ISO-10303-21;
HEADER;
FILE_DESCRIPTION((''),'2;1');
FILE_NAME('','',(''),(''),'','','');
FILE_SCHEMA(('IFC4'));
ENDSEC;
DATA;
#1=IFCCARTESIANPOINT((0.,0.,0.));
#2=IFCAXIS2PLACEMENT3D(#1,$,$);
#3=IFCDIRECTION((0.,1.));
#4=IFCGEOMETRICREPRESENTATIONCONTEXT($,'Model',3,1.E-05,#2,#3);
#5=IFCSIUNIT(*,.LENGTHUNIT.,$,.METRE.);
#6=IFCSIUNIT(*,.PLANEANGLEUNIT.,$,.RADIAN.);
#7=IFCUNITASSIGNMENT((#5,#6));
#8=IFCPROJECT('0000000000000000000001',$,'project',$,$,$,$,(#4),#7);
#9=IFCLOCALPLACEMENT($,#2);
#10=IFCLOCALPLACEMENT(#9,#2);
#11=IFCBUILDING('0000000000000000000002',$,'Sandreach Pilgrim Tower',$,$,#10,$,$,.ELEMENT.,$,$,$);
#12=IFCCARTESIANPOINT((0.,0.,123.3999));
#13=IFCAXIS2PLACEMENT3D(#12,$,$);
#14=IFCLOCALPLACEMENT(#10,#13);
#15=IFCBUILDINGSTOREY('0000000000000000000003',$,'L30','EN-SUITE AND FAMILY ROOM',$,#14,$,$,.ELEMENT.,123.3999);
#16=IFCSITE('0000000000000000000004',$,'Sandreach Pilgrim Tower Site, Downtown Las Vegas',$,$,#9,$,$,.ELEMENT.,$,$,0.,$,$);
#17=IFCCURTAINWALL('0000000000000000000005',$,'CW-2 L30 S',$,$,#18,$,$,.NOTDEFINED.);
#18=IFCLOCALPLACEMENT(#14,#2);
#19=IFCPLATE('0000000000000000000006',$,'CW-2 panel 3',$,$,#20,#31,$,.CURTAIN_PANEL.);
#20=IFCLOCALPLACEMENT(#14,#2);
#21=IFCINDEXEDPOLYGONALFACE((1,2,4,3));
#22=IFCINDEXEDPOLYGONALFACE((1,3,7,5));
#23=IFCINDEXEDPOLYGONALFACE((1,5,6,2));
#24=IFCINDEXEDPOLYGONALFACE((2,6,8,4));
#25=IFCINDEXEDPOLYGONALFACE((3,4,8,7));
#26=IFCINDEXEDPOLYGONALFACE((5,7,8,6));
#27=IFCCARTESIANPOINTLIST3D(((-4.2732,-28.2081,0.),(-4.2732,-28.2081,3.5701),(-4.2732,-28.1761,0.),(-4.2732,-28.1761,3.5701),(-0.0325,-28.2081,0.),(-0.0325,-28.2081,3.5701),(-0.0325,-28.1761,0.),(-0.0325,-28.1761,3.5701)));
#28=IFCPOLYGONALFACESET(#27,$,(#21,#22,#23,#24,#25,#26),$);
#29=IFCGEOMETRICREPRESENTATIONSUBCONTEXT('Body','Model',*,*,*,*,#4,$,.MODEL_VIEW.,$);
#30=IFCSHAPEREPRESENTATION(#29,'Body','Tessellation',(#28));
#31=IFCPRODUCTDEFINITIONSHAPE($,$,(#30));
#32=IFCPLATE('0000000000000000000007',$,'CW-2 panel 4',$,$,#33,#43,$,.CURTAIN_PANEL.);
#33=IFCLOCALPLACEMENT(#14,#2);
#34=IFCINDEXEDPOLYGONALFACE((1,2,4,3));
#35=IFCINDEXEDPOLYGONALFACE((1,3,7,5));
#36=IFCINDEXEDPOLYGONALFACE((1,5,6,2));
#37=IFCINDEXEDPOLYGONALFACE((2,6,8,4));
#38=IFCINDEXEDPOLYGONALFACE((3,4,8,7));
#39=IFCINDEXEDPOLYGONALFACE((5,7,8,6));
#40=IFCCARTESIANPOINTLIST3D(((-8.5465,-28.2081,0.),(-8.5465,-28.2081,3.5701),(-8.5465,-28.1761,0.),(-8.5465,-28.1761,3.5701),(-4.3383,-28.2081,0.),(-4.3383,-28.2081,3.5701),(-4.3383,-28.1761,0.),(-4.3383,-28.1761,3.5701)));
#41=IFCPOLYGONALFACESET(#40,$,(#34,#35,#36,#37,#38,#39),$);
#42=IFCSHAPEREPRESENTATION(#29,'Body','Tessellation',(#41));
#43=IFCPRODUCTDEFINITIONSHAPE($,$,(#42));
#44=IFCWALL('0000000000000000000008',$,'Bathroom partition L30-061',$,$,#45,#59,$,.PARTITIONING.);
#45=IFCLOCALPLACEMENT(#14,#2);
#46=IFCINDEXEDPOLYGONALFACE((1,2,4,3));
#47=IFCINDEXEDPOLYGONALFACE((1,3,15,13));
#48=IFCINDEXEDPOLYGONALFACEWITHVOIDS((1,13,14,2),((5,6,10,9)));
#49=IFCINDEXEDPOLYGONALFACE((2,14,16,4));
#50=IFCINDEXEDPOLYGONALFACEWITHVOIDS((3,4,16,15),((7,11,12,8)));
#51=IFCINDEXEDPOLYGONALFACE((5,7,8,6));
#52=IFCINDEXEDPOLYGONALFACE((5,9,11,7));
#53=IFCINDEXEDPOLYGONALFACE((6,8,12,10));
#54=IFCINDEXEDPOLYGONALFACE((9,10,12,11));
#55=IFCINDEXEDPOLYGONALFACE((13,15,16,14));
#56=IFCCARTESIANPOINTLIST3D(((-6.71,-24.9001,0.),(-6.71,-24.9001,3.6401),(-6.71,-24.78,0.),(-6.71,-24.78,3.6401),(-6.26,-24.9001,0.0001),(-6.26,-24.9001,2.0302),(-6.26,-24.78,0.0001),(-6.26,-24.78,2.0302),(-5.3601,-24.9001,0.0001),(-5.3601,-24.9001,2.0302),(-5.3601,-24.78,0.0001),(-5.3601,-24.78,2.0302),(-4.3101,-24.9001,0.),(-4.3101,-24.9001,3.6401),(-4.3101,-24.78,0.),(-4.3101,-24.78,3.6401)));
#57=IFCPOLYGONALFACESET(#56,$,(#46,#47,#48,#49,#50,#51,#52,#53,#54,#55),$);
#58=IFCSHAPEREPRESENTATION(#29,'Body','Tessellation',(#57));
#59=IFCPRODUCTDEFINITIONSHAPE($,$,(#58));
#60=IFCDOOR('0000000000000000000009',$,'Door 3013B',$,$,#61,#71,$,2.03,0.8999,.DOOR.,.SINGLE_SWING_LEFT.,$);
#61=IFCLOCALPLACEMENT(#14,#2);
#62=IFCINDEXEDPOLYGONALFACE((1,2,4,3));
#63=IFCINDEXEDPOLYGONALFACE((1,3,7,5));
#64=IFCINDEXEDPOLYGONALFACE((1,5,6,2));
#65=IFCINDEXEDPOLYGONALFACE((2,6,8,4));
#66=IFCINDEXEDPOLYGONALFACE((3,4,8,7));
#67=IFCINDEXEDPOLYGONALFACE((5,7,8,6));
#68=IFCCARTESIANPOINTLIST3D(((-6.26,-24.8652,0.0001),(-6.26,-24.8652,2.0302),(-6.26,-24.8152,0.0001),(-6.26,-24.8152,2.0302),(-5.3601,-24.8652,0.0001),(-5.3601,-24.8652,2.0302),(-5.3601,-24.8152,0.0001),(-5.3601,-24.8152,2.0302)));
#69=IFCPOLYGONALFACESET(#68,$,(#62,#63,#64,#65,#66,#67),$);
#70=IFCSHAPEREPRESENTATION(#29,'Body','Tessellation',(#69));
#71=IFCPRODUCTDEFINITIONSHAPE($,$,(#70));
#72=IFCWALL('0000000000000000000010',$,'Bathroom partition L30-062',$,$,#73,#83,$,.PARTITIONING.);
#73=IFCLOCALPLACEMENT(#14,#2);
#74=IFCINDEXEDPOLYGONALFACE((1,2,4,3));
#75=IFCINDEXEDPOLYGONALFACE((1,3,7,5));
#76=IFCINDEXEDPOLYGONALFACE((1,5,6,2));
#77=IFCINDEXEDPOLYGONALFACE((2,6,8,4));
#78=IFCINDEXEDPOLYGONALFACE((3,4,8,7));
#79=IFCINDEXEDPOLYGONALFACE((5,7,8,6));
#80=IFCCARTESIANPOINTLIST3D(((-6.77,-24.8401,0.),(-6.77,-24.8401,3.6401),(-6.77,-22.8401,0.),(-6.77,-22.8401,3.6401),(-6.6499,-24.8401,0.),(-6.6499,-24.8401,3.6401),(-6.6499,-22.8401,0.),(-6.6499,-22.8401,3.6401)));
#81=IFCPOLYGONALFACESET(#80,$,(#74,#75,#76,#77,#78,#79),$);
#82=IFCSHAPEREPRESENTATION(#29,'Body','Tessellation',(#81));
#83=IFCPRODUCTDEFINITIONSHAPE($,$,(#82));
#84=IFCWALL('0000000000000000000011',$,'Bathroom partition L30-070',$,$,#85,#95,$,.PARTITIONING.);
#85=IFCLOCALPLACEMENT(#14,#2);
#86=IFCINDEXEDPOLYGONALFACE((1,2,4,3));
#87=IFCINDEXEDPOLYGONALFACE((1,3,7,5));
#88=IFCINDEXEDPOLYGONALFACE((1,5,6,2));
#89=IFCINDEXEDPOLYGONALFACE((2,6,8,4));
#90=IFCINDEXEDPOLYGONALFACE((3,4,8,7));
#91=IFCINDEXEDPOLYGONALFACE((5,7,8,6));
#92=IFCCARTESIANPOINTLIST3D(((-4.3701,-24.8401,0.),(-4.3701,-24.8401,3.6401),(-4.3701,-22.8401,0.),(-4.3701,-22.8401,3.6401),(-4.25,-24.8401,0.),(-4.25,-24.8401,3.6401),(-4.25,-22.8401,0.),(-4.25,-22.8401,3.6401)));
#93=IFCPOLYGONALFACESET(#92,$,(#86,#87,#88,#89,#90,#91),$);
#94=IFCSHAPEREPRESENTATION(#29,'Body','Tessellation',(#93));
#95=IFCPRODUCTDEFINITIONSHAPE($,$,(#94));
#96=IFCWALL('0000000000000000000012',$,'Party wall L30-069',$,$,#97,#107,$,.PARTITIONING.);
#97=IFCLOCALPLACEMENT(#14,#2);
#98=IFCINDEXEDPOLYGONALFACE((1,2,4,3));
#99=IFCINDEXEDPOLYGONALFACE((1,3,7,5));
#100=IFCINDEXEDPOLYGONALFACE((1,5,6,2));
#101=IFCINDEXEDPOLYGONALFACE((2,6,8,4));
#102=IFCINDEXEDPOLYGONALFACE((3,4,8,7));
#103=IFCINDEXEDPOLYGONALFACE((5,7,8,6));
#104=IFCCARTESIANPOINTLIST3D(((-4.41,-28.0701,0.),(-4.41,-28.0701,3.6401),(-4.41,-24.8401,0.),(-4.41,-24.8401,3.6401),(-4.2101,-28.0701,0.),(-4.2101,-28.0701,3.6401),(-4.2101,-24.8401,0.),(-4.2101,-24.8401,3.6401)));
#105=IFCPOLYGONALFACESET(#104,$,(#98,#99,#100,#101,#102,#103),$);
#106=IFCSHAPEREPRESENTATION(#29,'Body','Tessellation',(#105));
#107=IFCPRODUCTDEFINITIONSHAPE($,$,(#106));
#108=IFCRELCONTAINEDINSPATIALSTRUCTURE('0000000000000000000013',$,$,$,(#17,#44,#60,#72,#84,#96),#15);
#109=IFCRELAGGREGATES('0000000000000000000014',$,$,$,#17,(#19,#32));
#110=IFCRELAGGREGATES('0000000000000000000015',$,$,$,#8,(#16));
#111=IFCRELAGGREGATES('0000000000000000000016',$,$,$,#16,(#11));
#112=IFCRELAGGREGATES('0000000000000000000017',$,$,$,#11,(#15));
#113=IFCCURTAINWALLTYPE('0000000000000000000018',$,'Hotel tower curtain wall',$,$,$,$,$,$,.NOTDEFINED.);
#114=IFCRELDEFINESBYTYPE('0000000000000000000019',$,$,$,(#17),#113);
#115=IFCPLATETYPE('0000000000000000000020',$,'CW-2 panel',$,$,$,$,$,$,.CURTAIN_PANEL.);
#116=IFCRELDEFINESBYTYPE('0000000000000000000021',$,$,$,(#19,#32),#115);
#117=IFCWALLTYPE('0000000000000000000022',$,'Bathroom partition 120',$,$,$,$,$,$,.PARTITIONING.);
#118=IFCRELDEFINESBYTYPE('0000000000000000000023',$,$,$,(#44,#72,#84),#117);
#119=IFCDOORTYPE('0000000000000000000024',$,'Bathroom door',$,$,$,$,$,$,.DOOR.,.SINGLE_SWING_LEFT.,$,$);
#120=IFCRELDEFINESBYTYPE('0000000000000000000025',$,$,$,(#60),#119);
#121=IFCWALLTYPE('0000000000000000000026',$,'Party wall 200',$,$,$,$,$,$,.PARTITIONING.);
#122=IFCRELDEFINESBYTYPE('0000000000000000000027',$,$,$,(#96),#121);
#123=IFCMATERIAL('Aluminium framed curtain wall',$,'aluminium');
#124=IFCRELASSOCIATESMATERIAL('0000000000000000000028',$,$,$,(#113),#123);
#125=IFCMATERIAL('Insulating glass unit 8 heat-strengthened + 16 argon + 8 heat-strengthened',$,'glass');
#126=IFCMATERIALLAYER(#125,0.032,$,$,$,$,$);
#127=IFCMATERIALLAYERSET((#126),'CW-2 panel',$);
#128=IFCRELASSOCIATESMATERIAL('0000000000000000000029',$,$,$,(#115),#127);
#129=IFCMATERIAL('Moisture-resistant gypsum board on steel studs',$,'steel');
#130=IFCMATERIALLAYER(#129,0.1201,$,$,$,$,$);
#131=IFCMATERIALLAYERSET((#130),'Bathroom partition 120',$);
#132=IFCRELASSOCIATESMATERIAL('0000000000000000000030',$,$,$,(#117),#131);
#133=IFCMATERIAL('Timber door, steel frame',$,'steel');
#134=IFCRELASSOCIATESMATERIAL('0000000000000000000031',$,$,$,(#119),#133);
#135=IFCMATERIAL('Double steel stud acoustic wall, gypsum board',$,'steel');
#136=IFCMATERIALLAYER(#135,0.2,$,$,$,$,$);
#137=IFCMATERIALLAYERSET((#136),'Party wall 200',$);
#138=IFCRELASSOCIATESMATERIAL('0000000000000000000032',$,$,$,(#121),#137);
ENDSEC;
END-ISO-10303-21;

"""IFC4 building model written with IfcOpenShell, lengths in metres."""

from ifc_helpers import new_model, si_unit, direction, frame, frame_2d, origin, origin_2d, place, context, subcontext, project, spatial, rectangle, extrude, material, layer, layer_set, type_object, element, fill, aggregate, save


model = new_model("IFC4")

# Units and contexts
model_context = context("Model", 3, precision=1e-05, world=origin(), true_north=direction((0.0, 1.0)))
body_context = subcontext(model_context, "Body", "Model", "MODEL_VIEW")
ifc_project = project(units=[si_unit("LENGTHUNIT", "METRE"), si_unit("PLANEANGLEUNIT", "RADIAN")], contexts=[model_context])

# Site, building, storey
site_placement = place(None, origin())
site = spatial("IfcSite", under=ifc_project, at=site_placement, Name="Sandreach Pilgrim Tower Site, Downtown Las Vegas", CompositionType="ELEMENT", RefElevation=0.0)
building_placement = place(site_placement, origin())
building = spatial("IfcBuilding", under=site, at=building_placement, Name="Sandreach Pilgrim Tower", CompositionType="ELEMENT")
storey_placement = place(building_placement, frame((0.0, 0.0, 123.3999)))
storey = spatial("IfcBuildingStorey", under=building, at=storey_placement, Name="L30", Description="EN-SUITE AND FAMILY ROOM", CompositionType="ELEMENT", Elevation=123.3999)

# Curtain wall
ifc_material_1 = material(Name="Aluminium framed curtain wall", Category="aluminium")
curtain_wall_type = type_object("IfcCurtainWallType", Name="Hotel tower curtain wall", PredefinedType="NOTDEFINED", material=ifc_material_1)
curtain_wall_placement = place(storey_placement, origin())
curtain_wall = element("IfcCurtainWall", 1, at=curtain_wall_placement, inside=storey, type_object=curtain_wall_type, Name="CW-2 L30 S", PredefinedType="NOTDEFINED")

# Plates
ifc_material_2 = material(Name="Insulating glass unit 8 heat-strengthened + 16 argon + 8 heat-strengthened", Category="glass")
ifc_layer_1 = layer(ifc_material_2, 0.032)
ifc_layer_set_1 = layer_set([ifc_layer_1], Name="CW-2 panel")
plate_type = type_object("IfcPlateType", Name="CW-2 panel", PredefinedType="CURTAIN_PANEL", material=ifc_layer_set_1)
plate_1_placement = place(storey_placement, frame((-2.1528, -28.1921, 0.0), z_axis=(0.0, 0.0, 1.0), x_axis=(-1.0, 0.0, 0.0)))
plate_1 = element("IfcPlate", 2, at=plate_1_placement, type_object=plate_type, Name="CW-2 panel 3", PredefinedType="CURTAIN_PANEL", context=body_context, shape_type="SweptSolid", body=[
    extrude(rectangle(XDim=4.2407, YDim=0.032, at=origin_2d()), origin(), (0.0, 0.0, 1.0), 3.5701),
])
plate_2_placement = place(storey_placement, frame((-6.4424, -28.1921, 0.0), z_axis=(0.0, 0.0, 1.0), x_axis=(-1.0, 0.0, 0.0)))
plate_2 = element("IfcPlate", 3, at=plate_2_placement, type_object=plate_type, Name="CW-2 panel 4", PredefinedType="CURTAIN_PANEL", context=body_context, shape_type="SweptSolid", body=[
    extrude(rectangle(XDim=4.2083, YDim=0.032, at=origin_2d()), origin(), (0.0, 0.0, 1.0), 3.5701),
])
aggregate(curtain_wall, [plate_1, plate_2])

# Wall, opening, door
ifc_material_3 = material(Name="Moisture-resistant gypsum board on steel studs", Category="steel")
ifc_layer_2 = layer(ifc_material_3, 0.1201)
ifc_layer_set_2 = layer_set([ifc_layer_2], Name="Bathroom partition 120")
wall_type_1 = type_object("IfcWallType", Name="Bathroom partition 120", PredefinedType="PARTITIONING", material=ifc_layer_set_2)
wall_1_placement = place(storey_placement, frame((-6.71, -24.8401, 0.0), z_axis=(0.0, 0.0, 1.0), x_axis=(1.0, 0.0, 0.0)))
wall_1 = element("IfcWall", 4, at=wall_1_placement, inside=storey, type_object=wall_type_1, Name="Bathroom partition L30-061", PredefinedType="PARTITIONING", context=body_context, shape_type="SweptSolid", body=[
    extrude(rectangle(XDim=2.3999, YDim=0.1201, at=frame_2d((1.2, 0.0))), origin(), (0.0, 0.0, 1.0), 3.6401),
])
opening_placement = place(wall_1_placement, frame((0.45, 0.0, 0.0)))
opening = element("IfcOpeningElement", 5, at=opening_placement, cuts=wall_1, PredefinedType="OPENING", context=body_context, shape_type="SweptSolid", body=[
    extrude(rectangle(XDim=0.8999, YDim=2.03, at=frame_2d((0.45, 1.0151))), frame((0.0, 0.0601, 0.0), z_axis=(0.0, -1.0, 0.0), x_axis=(1.0, 0.0, 0.0)), (0.0, 0.0, 1.0), 0.1201),
])
ifc_material_4 = material(Name="Timber door, steel frame", Category="steel")
door_type = type_object("IfcDoorType", Name="Bathroom door", OperationType="SINGLE_SWING_LEFT", PredefinedType="DOOR", material=ifc_material_4)
door_placement = place(opening_placement, origin())
door = element("IfcDoor", 6, at=door_placement, inside=storey, type_object=door_type, Name="Door 3013B", OperationType="SINGLE_SWING_LEFT", OverallHeight=2.03, OverallWidth=0.8999, PredefinedType="DOOR", context=body_context, shape_type="SweptSolid", body=[
    extrude(rectangle(XDim=0.8999, YDim=2.03, at=frame_2d((0.45, 1.0151))), frame((0.0, 0.0249, 0.0), z_axis=(0.0, -1.0, 0.0), x_axis=(1.0, 0.0, 0.0)), (0.0, 0.0, 1.0), 0.05),
])
fill(opening, door)

# Walls
for number, where, z_axis, x_axis, name in (
    (7, (-6.71, -22.8401, 0.0), (0.0, 0.0, 1.0), (0.0, -1.0, 0.0), "Bathroom partition L30-062"),
    (8, (-4.3101, -24.8401, 0.0), (0.0, 0.0, 1.0), (0.0, 1.0, 0.0), "Bathroom partition L30-070"),
):
    element("IfcWall", number, at=place(storey_placement, frame(where, z_axis=z_axis, x_axis=x_axis)), inside=storey, type_object=wall_type_1, Name=name, PredefinedType="PARTITIONING", context=body_context, shape_type="SweptSolid", body=[
        extrude(rectangle(XDim=2.0, YDim=0.1201, at=frame_2d((1.0, 0.0))), origin(), (0.0, 0.0, 1.0), 3.6401),
    ])
ifc_material_5 = material(Name="Double steel stud acoustic wall, gypsum board", Category="steel")
ifc_layer_3 = layer(ifc_material_5, 0.2)
ifc_layer_set_3 = layer_set([ifc_layer_3], Name="Party wall 200")
wall_type_2 = type_object("IfcWallType", Name="Party wall 200", PredefinedType="PARTITIONING", material=ifc_layer_set_3)
wall_2_placement = place(storey_placement, frame((-4.3101, -28.0701, 0.0), z_axis=(0.0, 0.0, 1.0), x_axis=(0.0, 1.0, 0.0)))
element("IfcWall", 9, at=wall_2_placement, inside=storey, type_object=wall_type_2, Name="Party wall L30-069", PredefinedType="PARTITIONING", context=body_context, shape_type="SweptSolid", body=[
    extrude(rectangle(XDim=3.23, YDim=0.2, at=frame_2d((1.615, 0.0))), origin(), (0.0, 0.0, 1.0), 3.6401),
])

save(model, "model.ifc")
